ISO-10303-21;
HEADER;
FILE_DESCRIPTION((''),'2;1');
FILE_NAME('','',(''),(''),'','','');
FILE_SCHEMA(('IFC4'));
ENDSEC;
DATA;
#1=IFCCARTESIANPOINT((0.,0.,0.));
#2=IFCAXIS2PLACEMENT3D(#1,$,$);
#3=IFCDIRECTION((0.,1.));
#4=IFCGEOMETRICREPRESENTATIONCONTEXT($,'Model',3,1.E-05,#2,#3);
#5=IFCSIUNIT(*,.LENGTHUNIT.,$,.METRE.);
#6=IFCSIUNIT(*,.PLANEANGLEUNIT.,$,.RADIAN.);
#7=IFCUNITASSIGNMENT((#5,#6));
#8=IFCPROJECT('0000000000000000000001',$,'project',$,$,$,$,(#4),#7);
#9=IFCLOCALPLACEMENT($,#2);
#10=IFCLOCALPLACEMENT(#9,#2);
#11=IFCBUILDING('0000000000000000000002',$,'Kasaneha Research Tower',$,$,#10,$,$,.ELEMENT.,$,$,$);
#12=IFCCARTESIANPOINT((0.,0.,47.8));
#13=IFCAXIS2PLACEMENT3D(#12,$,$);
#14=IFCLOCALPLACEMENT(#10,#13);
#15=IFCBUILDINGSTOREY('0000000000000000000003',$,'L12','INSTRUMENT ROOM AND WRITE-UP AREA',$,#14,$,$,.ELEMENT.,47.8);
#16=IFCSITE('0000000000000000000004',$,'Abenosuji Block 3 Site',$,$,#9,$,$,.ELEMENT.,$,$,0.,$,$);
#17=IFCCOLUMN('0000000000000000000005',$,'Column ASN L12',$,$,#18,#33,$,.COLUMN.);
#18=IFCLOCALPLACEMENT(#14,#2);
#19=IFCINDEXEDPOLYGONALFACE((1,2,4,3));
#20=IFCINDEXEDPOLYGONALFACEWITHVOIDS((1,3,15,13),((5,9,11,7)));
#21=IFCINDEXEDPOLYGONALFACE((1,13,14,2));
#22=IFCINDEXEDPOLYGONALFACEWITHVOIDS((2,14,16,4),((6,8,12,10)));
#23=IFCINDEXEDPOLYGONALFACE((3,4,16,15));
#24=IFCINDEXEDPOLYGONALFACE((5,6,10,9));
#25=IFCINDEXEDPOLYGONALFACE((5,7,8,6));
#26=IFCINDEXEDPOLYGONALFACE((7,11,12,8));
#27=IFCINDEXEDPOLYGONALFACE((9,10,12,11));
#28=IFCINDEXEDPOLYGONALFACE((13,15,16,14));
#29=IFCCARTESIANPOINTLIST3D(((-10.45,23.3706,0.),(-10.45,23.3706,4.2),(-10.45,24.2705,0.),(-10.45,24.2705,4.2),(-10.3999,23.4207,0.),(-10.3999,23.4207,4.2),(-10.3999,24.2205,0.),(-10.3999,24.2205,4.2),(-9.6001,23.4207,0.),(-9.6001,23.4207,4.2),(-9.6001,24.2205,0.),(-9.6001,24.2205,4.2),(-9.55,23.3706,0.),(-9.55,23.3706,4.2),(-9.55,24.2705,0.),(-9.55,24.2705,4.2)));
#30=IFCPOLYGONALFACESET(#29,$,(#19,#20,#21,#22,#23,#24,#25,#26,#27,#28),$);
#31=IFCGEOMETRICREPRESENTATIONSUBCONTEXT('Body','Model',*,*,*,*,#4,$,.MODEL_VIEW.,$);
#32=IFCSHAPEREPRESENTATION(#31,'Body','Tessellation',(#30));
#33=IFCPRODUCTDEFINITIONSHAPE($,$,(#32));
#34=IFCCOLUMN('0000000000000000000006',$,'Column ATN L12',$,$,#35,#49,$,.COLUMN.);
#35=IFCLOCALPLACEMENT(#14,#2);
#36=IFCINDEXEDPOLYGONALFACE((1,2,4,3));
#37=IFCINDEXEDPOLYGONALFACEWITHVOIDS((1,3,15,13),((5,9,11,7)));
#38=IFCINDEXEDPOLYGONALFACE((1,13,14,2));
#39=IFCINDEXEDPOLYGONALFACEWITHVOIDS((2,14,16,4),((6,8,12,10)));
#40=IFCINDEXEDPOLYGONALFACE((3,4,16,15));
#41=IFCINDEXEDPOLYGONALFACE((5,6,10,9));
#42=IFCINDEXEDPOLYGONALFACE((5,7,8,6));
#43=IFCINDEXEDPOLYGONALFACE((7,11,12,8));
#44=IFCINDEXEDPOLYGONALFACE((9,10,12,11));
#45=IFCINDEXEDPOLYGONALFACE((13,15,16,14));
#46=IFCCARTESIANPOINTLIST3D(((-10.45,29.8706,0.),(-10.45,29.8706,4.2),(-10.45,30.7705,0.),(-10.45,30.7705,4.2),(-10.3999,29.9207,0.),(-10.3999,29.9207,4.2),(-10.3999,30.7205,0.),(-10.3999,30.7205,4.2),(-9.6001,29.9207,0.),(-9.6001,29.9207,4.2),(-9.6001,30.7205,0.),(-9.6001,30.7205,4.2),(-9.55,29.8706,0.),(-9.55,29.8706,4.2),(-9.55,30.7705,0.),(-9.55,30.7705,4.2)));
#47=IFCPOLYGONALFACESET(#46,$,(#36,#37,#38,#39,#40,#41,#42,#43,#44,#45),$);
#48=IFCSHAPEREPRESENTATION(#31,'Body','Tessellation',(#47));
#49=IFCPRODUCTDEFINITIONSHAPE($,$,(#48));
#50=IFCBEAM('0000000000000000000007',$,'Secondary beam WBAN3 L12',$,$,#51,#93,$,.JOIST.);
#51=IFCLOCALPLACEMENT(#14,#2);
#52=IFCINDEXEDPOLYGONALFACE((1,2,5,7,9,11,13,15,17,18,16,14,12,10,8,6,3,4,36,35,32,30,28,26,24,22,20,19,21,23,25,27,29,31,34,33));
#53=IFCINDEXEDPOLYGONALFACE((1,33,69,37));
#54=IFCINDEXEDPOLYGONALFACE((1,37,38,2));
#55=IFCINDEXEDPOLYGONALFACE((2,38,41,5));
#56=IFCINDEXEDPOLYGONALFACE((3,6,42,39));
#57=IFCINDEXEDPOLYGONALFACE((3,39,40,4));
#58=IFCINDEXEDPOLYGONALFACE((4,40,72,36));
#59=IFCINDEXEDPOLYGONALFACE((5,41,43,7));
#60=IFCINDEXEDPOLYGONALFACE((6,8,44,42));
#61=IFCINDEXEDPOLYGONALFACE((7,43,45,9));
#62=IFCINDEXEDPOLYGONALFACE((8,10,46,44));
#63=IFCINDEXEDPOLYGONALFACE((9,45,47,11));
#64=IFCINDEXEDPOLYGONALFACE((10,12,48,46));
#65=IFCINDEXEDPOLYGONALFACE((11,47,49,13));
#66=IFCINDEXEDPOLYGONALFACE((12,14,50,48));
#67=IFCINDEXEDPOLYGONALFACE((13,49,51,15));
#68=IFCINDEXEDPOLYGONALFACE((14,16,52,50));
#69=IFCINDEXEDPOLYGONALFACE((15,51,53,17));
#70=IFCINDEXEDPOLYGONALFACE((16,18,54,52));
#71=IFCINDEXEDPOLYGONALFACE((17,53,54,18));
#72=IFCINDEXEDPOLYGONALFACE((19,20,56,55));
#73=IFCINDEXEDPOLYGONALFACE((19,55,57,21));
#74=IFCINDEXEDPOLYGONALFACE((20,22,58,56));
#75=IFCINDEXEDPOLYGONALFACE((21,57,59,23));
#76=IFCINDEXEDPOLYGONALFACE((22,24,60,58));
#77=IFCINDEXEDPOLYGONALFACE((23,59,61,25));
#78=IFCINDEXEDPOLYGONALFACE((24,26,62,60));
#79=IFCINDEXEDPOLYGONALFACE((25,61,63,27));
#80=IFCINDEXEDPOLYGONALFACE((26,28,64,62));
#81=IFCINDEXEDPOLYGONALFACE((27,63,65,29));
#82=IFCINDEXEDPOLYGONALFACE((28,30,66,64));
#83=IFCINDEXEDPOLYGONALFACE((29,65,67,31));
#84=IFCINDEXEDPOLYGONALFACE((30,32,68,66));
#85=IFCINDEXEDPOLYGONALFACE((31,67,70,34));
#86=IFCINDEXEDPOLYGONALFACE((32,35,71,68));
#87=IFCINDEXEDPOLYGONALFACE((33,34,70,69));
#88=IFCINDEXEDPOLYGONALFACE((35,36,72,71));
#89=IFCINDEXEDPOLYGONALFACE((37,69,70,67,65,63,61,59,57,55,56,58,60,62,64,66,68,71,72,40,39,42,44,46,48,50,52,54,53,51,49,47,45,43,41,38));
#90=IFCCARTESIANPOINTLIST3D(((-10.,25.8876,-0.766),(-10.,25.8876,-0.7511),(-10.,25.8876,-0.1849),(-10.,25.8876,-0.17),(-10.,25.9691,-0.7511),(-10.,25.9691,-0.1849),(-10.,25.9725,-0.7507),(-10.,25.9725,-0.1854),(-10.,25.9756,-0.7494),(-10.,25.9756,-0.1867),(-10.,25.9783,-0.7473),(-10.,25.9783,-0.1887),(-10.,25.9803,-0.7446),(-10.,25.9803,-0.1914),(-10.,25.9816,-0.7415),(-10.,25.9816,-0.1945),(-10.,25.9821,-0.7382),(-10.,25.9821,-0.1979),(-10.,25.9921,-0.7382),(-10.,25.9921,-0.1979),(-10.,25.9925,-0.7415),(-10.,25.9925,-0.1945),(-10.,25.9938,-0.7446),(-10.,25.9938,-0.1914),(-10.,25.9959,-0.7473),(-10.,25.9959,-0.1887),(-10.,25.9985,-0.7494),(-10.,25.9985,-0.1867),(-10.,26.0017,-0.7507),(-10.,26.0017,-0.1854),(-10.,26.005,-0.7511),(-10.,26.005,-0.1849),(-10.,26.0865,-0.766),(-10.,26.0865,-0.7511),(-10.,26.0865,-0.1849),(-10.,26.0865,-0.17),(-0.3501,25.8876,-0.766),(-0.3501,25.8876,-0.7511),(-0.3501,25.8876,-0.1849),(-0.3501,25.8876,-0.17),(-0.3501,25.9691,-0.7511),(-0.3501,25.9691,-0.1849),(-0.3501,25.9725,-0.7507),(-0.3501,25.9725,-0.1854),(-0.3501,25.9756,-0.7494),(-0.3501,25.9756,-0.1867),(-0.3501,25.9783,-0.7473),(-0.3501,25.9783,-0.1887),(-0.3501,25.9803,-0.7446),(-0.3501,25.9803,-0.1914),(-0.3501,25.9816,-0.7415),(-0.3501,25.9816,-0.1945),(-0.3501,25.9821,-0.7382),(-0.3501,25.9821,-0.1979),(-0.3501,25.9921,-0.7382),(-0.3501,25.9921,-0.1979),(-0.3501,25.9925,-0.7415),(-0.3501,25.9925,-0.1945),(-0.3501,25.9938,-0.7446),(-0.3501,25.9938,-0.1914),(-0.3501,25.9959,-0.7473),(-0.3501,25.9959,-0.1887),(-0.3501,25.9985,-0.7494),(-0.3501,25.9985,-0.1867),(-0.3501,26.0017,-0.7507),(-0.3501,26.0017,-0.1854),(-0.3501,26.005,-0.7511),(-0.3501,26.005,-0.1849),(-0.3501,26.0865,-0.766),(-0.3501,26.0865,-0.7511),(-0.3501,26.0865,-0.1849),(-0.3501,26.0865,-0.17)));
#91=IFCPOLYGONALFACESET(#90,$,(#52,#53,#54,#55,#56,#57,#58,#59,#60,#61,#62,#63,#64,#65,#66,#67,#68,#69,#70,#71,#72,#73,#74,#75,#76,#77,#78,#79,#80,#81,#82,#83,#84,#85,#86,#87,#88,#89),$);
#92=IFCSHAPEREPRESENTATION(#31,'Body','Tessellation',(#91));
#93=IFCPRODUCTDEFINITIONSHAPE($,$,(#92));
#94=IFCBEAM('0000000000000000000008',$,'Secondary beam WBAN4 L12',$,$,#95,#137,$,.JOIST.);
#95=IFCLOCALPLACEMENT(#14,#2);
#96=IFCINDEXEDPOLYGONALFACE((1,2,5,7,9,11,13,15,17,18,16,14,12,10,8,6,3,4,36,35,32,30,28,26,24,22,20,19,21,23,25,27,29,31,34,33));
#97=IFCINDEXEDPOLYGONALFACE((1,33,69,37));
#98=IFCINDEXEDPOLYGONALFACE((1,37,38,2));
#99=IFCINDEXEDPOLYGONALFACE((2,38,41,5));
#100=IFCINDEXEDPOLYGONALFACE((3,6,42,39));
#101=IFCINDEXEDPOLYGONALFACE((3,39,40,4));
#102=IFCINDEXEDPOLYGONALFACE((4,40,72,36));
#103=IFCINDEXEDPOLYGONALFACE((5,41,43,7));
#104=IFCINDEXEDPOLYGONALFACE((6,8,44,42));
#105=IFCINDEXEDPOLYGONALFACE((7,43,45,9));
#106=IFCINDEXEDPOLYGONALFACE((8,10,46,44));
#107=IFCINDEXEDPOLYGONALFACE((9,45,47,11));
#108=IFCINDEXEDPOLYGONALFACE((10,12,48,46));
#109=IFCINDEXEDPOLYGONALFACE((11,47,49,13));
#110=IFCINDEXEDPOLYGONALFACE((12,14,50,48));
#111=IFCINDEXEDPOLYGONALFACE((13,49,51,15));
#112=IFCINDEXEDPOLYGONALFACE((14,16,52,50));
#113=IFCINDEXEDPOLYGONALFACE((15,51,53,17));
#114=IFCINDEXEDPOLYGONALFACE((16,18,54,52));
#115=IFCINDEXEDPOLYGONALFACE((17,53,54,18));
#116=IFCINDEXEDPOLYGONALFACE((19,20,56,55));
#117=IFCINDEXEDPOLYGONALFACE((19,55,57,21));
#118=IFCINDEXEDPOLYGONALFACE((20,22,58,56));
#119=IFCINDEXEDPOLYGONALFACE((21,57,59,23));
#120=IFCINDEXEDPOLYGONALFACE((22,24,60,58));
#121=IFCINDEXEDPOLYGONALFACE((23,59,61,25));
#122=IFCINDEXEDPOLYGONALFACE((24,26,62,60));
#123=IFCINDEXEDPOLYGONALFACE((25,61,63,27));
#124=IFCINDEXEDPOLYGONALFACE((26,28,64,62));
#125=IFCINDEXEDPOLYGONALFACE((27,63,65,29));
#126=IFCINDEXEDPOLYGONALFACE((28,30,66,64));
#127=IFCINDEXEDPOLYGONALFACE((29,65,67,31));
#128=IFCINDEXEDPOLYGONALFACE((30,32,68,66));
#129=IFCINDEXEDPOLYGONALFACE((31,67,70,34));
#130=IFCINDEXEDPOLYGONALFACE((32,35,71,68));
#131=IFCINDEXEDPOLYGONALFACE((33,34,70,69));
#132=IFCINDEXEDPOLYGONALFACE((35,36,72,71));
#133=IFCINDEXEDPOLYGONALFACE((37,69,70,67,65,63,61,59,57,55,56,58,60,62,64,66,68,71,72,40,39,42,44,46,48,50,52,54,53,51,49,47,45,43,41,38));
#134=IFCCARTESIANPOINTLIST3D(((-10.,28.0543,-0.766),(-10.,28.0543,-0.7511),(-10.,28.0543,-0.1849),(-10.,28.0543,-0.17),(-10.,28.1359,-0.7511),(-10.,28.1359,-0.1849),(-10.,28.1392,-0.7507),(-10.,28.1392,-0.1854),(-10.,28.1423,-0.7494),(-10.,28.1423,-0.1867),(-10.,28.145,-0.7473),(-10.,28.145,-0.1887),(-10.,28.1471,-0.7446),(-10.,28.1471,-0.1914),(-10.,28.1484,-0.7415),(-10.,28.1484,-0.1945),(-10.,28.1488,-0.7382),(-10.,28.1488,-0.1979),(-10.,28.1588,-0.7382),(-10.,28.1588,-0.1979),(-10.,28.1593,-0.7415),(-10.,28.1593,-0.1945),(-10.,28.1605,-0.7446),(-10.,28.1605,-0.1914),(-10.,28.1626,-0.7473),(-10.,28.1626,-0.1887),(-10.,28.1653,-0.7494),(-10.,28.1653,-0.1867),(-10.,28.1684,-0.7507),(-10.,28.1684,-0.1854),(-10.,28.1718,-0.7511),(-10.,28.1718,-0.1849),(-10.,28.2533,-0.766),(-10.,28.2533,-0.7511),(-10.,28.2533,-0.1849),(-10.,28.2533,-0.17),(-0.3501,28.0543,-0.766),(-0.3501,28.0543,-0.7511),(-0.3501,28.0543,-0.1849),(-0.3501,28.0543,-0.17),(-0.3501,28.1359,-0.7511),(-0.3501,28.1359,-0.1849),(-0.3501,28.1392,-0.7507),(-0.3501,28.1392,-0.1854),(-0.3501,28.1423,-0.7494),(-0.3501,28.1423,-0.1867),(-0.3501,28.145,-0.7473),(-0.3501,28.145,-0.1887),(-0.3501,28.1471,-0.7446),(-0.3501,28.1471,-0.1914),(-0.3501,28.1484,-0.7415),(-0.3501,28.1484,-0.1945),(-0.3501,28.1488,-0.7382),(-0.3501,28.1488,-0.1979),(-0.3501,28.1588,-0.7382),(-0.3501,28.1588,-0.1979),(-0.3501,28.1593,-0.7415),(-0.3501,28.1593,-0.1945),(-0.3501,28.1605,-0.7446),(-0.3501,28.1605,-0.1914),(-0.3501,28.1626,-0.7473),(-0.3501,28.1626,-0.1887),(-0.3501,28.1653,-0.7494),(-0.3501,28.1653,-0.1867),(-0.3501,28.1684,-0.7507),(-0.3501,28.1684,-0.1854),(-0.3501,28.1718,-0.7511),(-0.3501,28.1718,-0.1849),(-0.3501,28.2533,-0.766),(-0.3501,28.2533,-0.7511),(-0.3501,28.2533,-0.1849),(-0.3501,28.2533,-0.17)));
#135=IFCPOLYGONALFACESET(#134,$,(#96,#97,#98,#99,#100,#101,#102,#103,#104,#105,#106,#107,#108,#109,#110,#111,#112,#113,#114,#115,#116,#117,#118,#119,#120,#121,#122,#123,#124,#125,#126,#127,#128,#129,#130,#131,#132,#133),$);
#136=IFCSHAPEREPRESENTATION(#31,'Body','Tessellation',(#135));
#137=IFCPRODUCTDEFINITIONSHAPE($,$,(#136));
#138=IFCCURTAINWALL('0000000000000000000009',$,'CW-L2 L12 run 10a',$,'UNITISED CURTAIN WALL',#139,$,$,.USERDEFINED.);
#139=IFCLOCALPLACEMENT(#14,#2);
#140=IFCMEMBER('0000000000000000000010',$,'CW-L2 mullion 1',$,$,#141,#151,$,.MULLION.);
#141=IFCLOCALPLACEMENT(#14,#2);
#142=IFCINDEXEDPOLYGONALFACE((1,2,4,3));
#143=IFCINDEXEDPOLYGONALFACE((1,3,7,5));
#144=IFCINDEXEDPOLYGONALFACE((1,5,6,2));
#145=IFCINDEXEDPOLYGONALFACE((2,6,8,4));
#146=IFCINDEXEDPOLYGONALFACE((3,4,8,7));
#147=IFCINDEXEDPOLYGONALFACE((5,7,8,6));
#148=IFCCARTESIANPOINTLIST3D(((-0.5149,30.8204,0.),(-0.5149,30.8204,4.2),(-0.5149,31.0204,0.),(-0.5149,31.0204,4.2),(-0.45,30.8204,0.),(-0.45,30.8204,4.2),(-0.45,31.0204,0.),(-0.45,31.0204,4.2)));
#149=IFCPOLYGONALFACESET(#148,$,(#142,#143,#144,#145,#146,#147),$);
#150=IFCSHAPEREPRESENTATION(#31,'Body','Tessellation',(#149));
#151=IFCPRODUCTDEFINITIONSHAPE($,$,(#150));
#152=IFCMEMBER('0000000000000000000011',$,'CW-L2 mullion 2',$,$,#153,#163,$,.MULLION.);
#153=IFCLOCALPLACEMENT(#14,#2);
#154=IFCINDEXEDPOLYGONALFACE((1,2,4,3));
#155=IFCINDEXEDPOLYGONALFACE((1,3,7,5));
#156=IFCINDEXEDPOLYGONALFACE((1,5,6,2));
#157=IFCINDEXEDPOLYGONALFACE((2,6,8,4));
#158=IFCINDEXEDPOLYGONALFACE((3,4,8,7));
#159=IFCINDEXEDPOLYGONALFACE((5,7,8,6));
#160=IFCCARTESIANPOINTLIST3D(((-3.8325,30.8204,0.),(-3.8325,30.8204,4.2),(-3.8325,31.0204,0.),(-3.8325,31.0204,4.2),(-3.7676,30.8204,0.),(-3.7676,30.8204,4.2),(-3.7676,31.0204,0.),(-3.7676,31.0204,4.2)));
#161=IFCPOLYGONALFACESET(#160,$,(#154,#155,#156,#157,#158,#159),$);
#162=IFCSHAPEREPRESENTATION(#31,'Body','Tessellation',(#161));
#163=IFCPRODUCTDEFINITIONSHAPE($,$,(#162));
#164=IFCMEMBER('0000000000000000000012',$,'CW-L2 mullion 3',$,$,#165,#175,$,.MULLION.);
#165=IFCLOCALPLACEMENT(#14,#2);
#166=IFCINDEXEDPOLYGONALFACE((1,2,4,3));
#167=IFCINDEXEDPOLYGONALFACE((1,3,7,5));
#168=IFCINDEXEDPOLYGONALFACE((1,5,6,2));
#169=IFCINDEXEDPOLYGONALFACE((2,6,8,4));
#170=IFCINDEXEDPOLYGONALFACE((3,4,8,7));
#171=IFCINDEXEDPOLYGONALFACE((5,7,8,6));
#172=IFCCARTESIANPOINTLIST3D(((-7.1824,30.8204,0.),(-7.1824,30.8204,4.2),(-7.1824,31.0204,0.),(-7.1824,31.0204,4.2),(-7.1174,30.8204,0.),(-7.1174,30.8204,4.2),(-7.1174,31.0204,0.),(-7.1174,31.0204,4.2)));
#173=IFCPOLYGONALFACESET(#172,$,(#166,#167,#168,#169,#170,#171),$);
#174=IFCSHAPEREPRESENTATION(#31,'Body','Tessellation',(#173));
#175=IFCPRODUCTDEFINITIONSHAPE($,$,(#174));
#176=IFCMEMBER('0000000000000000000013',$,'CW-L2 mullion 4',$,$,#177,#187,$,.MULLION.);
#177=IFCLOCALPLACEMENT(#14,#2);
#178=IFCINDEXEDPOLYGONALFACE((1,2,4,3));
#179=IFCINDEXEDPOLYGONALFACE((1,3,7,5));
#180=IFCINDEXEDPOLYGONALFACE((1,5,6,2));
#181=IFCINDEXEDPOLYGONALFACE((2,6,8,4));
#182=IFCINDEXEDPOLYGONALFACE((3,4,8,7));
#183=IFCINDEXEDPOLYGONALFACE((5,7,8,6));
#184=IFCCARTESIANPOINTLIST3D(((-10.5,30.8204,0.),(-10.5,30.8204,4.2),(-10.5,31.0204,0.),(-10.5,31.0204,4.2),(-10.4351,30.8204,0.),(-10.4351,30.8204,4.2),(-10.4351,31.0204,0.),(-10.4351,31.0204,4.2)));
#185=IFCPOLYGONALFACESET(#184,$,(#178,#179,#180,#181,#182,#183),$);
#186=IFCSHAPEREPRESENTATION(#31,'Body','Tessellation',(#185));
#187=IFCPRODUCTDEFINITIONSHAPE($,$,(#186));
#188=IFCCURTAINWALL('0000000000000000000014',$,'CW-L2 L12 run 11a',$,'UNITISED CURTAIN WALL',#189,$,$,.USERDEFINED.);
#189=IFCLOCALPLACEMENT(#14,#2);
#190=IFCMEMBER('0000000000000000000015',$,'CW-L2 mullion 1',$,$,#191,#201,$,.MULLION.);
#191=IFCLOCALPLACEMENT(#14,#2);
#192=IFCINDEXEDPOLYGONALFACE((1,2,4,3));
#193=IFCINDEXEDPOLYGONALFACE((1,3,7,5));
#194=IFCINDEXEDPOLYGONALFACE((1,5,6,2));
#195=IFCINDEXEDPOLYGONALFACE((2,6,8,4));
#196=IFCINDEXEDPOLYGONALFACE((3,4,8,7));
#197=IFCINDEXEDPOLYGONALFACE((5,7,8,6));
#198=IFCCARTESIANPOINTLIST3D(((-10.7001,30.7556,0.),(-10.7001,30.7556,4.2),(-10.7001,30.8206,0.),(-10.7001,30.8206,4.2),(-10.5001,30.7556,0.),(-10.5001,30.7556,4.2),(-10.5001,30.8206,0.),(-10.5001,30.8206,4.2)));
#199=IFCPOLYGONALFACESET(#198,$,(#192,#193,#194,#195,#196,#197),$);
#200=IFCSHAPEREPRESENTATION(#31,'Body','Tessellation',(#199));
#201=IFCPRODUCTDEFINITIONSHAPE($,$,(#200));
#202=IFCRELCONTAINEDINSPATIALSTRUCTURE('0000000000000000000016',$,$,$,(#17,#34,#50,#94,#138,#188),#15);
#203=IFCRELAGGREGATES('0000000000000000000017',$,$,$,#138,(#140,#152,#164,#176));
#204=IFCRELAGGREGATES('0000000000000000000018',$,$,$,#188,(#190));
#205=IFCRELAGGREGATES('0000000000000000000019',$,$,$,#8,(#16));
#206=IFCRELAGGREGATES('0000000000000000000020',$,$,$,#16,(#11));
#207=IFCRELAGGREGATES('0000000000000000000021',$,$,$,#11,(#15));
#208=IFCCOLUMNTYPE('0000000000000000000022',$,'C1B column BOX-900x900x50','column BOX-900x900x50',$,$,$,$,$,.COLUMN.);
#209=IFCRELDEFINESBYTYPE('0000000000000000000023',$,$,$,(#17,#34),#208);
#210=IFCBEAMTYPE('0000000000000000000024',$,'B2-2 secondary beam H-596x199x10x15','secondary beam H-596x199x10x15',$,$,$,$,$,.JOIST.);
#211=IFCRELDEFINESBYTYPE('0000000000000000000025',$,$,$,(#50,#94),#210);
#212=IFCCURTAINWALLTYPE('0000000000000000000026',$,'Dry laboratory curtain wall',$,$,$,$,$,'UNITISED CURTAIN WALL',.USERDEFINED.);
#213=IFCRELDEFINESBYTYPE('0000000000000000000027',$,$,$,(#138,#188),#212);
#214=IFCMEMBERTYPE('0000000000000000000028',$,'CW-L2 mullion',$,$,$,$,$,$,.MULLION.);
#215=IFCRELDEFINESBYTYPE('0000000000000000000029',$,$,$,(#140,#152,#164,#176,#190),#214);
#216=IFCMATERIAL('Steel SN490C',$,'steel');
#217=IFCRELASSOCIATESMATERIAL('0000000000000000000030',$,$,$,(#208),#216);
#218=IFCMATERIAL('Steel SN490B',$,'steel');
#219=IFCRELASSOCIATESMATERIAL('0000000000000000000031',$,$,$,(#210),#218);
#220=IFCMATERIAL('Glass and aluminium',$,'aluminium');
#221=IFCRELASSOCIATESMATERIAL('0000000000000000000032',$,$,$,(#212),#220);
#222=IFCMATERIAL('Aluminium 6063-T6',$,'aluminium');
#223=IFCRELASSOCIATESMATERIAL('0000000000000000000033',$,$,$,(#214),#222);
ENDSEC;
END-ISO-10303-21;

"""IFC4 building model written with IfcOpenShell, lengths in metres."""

from ifc_helpers import new_model, si_unit, direction, frame, origin, origin_2d, place, context, subcontext, project, spatial, rectangle, hollow_rectangle, i_section, extrude, material, material_profile, profile_set, type_object, element, aggregate, save


model = new_model("IFC4")

# Units and contexts
model_context = context("Model", 3, precision=1e-05, world=origin(), true_north=direction((0.0, 1.0)))
body_context = subcontext(model_context, "Body", "Model", "MODEL_VIEW")
ifc_project = project(units=[si_unit("LENGTHUNIT", "METRE"), si_unit("PLANEANGLEUNIT", "RADIAN")], contexts=[model_context])

# Site, building, storey
site_placement = place(None, origin())
site = spatial("IfcSite", under=ifc_project, at=site_placement, Name="Abenosuji Block 3 Site", CompositionType="ELEMENT", RefElevation=0.0)
building_placement = place(site_placement, origin())
building = spatial("IfcBuilding", under=site, at=building_placement, Name="Kasaneha Research Tower", CompositionType="ELEMENT")
storey_placement = place(building_placement, frame((0.0, 0.0, 47.8)))
storey = spatial("IfcBuildingStorey", under=building, at=storey_placement, Name="L12", Description="INSTRUMENT ROOM AND WRITE-UP AREA", CompositionType="ELEMENT", Elevation=47.8)

# Columns
ifc_material_1 = material(Name="Steel SN490C", Category="steel")
ifc_material_profile_1 = material_profile(ifc_material_1, hollow_rectangle(XDim=0.8999, YDim=0.8999, WallThickness=0.05, at=origin_2d()), Name="BOX-900x900x50")
ifc_profile_set_1 = profile_set([ifc_material_profile_1], Name="Steel SN490C")
column_type = type_object("IfcColumnType", Name="C1B column BOX-900x900x50", Description="column BOX-900x900x50", PredefinedType="COLUMN", material=ifc_profile_set_1)
for number, where, z_axis, x_axis, name in (
    (1, (-10.0, 23.8206, 0.0), (0.0, 0.0, 1.0), (1.0, 0.0, 0.0), "Column ASN L12"),
    (2, (-10.0, 30.3206, 0.0), (0.0, 0.0, 1.0), (1.0, 0.0, 0.0), "Column ATN L12"),
):
    element("IfcColumn", number, at=place(storey_placement, frame(where, z_axis=z_axis, x_axis=x_axis)), inside=storey, type_object=column_type, Name=name, PredefinedType="COLUMN", context=body_context, shape_type="SweptSolid", body=[
        extrude(hollow_rectangle(XDim=0.8999, YDim=0.8999, WallThickness=0.05, at=origin_2d()), origin(), (0.0, 0.0, 1.0), 4.2),
    ])

# Beams
ifc_material_2 = material(Name="Steel SN490B", Category="steel")
ifc_material_profile_2 = material_profile(ifc_material_2, i_section(OverallWidth=0.199, OverallDepth=0.5959, WebThickness=0.01, FlangeThickness=0.0149, FilletRadius=0.0129, at=origin_2d()), Name="H-596x199x10x15")
ifc_profile_set_2 = profile_set([ifc_material_profile_2], Name="Steel SN490B")
beam_type_1 = type_object("IfcBeamType", Name="B2-2 secondary beam H-596x199x10x15", Description="secondary beam H-596x199x10x15", PredefinedType="JOIST", material=ifc_profile_set_2)
for number, where, z_axis, x_axis, name in (
    (3, (-10.0, 25.9871, -0.468), (1.0, 0.0, 0.0), (0.0, 1.0, 0.0), "Secondary beam WBAN3 L12"),
    (4, (-10.0, 28.1538, -0.468), (1.0, 0.0, 0.0), (0.0, 1.0, 0.0), "Secondary beam WBAN4 L12"),
):
    element("IfcBeam", number, at=place(storey_placement, frame(where, z_axis=z_axis, x_axis=x_axis)), inside=storey, type_object=beam_type_1, Name=name, PredefinedType="JOIST", context=body_context, shape_type="SweptSolid", body=[
        extrude(i_section(OverallWidth=0.199, OverallDepth=0.5959, WebThickness=0.01, FlangeThickness=0.0149, FilletRadius=0.0129, at=origin_2d()), origin(), (0.0, 0.0, 1.0), 9.6499),
    ])

# Curtain walls, members
ifc_material_3 = material(Name="Glass and aluminium", Category="aluminium")
curtain_wall_type = type_object("IfcCurtainWallType", Name="Dry laboratory curtain wall", ElementType="UNITISED CURTAIN WALL", PredefinedType="USERDEFINED", material=ifc_material_3)
curtain_wall_1_placement = place(storey_placement, origin())
curtain_wall_1 = element("IfcCurtainWall", 5, at=curtain_wall_1_placement, inside=storey, type_object=curtain_wall_type, Name="CW-L2 L12 run 10a", ObjectType="UNITISED CURTAIN WALL", PredefinedType="USERDEFINED")
ifc_material_4 = material(Name="Aluminium 6063-T6", Category="aluminium")
ifc_material_profile_3 = material_profile(ifc_material_4, rectangle(XDim=0.0649, YDim=0.2, at=origin_2d()), Name="CW-L2 mullion 65x200")
ifc_profile_set_3 = profile_set([ifc_material_profile_3], Name="Aluminium 6063-T6")
member_type_1 = type_object("IfcMemberType", Name="CW-L2 mullion", PredefinedType="MULLION", material=ifc_profile_set_3)
member_1_placement = place(storey_placement, frame((-0.4824, 30.9204, 0.0), z_axis=(0.0, 0.0, 1.0), x_axis=(-1.0, 0.0, 0.0)))
member_1 = element("IfcMember", 6, at=member_1_placement, type_object=member_type_1, Name="CW-L2 mullion 1", PredefinedType="MULLION", context=body_context, shape_type="SweptSolid", body=[
    extrude(rectangle(XDim=0.0649, YDim=0.2, at=origin_2d()), origin(), (0.0, 0.0, 1.0), 4.2),
])
member_2_placement = place(storey_placement, frame((-3.8, 30.9204, 0.0), z_axis=(0.0, 0.0, 1.0), x_axis=(-1.0, 0.0, 0.0)))
member_2 = element("IfcMember", 7, at=member_2_placement, type_object=member_type_1, Name="CW-L2 mullion 2", PredefinedType="MULLION", context=body_context, shape_type="SweptSolid", body=[
    extrude(rectangle(XDim=0.0649, YDim=0.2, at=origin_2d()), origin(), (0.0, 0.0, 1.0), 4.2),
])
member_3_placement = place(storey_placement, frame((-7.1499, 30.9204, 0.0), z_axis=(0.0, 0.0, 1.0), x_axis=(-1.0, 0.0, 0.0)))
member_3 = element("IfcMember", 8, at=member_3_placement, type_object=member_type_1, Name="CW-L2 mullion 3", PredefinedType="MULLION", context=body_context, shape_type="SweptSolid", body=[
    extrude(rectangle(XDim=0.0649, YDim=0.2, at=origin_2d()), origin(), (0.0, 0.0, 1.0), 4.2),
])
member_4_placement = place(storey_placement, frame((-10.4675, 30.9204, 0.0), z_axis=(0.0, 0.0, 1.0), x_axis=(-1.0, 0.0, 0.0)))
member_4 = element("IfcMember", 9, at=member_4_placement, type_object=member_type_1, Name="CW-L2 mullion 4", PredefinedType="MULLION", context=body_context, shape_type="SweptSolid", body=[
    extrude(rectangle(XDim=0.0649, YDim=0.2, at=origin_2d()), origin(), (0.0, 0.0, 1.0), 4.2),
])
curtain_wall_2_placement = place(storey_placement, origin())
curtain_wall_2 = element("IfcCurtainWall", 10, at=curtain_wall_2_placement, inside=storey, type_object=curtain_wall_type, Name="CW-L2 L12 run 11a", ObjectType="UNITISED CURTAIN WALL", PredefinedType="USERDEFINED")
member_5_placement = place(storey_placement, frame((-10.6001, 30.7881, 0.0), z_axis=(0.0, 0.0, 1.0), x_axis=(0.0, -1.0, 0.0)))
member_5 = element("IfcMember", 11, at=member_5_placement, type_object=member_type_1, Name="CW-L2 mullion 1", PredefinedType="MULLION", context=body_context, shape_type="SweptSolid", body=[
    extrude(rectangle(XDim=0.0649, YDim=0.2, at=origin_2d()), origin(), (0.0, 0.0, 1.0), 4.2),
])

aggregate(curtain_wall_1, [member_1, member_2, member_3, member_4])
aggregate(curtain_wall_2, [member_5])

save(model, "model.ifc")
